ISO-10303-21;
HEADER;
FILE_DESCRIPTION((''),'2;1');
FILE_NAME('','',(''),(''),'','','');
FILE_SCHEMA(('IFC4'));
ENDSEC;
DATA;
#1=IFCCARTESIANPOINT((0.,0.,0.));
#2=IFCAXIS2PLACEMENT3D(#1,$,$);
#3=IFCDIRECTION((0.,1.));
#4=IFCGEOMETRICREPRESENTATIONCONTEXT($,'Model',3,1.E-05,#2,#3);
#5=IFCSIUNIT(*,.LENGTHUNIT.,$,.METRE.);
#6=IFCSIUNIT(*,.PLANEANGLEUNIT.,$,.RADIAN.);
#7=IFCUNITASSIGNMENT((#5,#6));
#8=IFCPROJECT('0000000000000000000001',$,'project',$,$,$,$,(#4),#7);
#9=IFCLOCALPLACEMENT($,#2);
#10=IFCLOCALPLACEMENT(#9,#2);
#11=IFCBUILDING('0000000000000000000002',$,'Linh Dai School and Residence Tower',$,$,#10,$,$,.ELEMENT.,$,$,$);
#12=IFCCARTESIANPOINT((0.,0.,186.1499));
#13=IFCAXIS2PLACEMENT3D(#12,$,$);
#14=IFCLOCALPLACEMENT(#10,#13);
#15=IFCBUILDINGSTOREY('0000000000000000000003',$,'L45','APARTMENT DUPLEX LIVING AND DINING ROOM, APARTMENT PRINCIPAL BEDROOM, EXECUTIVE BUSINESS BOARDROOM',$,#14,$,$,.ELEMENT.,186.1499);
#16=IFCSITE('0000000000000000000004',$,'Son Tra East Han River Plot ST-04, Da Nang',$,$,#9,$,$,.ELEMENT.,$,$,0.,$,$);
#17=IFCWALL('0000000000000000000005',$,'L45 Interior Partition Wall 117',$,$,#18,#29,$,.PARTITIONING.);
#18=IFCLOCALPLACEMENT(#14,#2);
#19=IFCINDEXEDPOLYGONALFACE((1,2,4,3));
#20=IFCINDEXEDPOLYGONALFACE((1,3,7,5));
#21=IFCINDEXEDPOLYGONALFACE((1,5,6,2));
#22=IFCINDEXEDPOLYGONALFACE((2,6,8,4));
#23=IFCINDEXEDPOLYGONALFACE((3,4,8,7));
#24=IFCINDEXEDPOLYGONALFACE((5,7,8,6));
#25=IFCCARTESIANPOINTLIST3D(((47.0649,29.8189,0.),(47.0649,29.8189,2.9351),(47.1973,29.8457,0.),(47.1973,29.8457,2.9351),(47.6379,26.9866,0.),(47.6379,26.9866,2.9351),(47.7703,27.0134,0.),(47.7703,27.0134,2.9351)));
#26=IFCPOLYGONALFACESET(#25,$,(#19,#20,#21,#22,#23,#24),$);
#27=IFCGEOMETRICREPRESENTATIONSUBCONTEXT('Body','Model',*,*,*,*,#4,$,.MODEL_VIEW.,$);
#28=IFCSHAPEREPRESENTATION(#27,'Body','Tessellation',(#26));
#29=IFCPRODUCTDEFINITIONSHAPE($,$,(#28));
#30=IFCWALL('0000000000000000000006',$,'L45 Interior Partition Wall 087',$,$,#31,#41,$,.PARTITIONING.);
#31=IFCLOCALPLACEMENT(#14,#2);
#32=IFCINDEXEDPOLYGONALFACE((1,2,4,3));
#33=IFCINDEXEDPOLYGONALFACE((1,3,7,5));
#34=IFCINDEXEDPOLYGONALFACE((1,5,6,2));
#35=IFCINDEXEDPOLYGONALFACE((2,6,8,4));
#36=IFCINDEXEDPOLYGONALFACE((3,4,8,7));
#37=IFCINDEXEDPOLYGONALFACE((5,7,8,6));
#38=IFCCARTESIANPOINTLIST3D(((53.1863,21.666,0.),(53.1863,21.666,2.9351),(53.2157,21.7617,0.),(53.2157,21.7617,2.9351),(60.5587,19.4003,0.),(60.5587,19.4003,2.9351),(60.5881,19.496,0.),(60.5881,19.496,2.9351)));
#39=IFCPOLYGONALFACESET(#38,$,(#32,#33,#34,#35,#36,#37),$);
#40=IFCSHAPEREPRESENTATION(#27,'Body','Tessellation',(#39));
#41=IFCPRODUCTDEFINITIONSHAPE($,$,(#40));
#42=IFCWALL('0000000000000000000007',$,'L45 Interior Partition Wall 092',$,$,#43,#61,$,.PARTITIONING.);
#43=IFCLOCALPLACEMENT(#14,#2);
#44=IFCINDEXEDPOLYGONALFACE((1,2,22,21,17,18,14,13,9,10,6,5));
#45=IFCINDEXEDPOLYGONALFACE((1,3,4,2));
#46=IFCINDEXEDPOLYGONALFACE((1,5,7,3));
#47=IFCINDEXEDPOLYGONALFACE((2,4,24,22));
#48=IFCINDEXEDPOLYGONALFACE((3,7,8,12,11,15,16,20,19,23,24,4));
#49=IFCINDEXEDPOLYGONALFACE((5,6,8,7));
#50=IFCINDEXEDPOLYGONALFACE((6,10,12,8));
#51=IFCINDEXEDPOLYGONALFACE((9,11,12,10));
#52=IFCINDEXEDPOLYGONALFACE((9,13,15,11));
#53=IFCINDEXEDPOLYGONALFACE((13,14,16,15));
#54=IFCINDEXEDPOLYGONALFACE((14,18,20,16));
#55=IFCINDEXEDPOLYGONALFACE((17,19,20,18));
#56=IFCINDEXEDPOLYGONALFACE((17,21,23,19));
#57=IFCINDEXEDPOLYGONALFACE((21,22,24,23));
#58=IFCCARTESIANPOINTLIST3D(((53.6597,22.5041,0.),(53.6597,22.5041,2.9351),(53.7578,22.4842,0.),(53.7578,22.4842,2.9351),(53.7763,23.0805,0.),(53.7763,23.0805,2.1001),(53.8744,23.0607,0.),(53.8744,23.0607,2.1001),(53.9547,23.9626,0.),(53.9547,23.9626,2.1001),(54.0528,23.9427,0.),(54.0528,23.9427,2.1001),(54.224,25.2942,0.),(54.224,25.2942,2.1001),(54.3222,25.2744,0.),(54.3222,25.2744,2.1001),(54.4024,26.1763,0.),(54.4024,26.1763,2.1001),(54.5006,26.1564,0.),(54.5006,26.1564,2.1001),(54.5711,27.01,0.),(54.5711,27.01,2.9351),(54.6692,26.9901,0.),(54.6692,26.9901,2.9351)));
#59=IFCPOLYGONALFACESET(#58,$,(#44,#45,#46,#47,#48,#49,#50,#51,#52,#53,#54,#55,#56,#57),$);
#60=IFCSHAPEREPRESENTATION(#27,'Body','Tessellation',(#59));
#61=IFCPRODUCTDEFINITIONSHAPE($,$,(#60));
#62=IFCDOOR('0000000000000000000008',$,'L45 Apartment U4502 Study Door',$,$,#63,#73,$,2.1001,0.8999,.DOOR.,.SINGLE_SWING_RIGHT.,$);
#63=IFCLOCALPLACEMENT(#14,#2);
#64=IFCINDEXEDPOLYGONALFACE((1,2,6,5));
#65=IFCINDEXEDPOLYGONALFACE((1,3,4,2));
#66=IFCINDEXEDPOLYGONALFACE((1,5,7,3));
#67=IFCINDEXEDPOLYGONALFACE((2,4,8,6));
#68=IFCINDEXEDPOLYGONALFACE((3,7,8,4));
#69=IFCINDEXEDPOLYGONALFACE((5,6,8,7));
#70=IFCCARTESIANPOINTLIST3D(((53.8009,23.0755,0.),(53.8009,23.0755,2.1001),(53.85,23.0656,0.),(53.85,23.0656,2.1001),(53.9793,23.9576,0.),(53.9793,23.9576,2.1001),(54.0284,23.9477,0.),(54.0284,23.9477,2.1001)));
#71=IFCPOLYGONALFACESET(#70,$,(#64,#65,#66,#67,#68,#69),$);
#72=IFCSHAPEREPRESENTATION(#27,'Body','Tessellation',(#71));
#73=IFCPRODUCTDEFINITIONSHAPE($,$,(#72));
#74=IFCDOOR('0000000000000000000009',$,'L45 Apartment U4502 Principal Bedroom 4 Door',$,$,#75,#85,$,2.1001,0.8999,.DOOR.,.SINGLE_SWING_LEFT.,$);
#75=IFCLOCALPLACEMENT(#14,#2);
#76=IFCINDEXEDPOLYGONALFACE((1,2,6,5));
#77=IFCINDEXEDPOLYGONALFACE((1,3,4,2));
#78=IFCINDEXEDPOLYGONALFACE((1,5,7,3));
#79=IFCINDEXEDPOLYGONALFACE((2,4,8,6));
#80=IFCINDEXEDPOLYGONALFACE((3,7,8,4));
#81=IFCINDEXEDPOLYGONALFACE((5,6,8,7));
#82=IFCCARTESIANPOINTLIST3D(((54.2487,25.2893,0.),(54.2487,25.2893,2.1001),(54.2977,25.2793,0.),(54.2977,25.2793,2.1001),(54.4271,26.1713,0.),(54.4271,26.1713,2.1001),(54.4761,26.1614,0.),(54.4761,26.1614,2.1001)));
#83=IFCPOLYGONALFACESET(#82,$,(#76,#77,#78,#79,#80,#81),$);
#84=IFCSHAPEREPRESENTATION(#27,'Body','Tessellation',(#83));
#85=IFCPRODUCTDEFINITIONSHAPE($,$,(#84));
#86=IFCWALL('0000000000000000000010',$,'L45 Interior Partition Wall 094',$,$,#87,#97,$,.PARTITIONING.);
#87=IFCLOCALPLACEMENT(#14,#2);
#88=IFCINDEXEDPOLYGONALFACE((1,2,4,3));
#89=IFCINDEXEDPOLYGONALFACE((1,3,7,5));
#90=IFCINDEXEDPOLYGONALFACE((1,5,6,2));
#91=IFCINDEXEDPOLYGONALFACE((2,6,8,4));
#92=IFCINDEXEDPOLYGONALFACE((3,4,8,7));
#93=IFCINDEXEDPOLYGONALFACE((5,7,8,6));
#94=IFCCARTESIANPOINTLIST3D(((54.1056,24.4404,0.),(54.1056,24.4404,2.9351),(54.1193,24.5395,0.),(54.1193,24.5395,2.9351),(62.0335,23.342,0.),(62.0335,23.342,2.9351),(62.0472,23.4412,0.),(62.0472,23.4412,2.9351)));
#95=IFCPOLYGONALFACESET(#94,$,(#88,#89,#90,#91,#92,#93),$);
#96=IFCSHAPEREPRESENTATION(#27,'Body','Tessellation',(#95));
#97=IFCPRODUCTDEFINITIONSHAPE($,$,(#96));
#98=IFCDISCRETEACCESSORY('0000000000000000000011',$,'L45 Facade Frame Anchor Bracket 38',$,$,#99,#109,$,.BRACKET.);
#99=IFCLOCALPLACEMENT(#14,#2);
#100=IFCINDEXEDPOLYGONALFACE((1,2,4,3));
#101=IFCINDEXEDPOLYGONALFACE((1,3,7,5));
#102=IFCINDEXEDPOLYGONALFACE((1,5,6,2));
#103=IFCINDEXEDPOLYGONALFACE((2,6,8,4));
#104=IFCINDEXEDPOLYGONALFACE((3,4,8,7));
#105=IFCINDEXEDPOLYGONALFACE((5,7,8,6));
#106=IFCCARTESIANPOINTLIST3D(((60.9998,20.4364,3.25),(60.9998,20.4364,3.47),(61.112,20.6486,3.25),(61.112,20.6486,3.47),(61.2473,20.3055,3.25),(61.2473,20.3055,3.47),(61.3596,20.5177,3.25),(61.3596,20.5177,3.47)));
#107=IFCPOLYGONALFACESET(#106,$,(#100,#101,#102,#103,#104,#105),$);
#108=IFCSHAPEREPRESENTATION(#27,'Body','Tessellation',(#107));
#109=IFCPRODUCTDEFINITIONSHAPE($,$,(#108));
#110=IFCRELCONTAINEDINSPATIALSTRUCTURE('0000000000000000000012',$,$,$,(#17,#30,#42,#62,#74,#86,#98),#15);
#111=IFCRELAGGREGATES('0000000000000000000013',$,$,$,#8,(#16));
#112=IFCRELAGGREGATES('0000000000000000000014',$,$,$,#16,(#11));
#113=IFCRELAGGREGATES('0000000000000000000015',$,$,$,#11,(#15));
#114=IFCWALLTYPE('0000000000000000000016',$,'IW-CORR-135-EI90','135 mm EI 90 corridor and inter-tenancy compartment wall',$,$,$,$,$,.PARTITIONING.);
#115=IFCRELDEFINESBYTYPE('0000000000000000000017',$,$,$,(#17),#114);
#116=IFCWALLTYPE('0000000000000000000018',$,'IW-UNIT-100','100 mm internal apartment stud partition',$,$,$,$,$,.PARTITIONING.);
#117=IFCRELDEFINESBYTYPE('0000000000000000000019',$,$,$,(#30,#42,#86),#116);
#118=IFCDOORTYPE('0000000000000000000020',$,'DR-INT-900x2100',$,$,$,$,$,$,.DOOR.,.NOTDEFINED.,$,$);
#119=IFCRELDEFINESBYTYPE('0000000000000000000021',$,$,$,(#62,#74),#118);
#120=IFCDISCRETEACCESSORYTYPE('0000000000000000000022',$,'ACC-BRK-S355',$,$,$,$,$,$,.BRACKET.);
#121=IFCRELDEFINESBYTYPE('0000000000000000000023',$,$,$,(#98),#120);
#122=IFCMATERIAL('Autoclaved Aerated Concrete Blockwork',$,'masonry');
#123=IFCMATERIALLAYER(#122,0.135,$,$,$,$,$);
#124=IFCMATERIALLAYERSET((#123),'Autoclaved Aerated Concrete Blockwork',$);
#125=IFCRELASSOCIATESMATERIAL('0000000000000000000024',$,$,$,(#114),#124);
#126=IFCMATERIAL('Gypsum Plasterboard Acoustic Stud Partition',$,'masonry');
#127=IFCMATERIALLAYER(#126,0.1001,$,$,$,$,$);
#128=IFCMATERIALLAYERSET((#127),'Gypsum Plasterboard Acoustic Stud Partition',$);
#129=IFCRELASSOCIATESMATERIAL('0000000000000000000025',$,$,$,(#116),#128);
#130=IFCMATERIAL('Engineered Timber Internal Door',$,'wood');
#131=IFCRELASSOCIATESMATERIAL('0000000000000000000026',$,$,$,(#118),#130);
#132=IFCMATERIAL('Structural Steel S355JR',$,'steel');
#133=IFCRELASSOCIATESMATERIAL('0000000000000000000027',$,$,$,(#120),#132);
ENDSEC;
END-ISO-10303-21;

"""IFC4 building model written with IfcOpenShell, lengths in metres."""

from ifc_helpers import new_model, si_unit, direction, frame, frame_2d, origin, origin_2d, place, context, subcontext, project, spatial, rectangle, extrude, source, transform, mapped, material, layer, layer_set, type_object, element, fill, save


model = new_model("IFC4")

# Units and contexts
model_context = context("Model", 3, precision=1e-05, world=origin(), true_north=direction((0.0, 1.0)))
body_context = subcontext(model_context, "Body", "Model", "MODEL_VIEW")
ifc_project = project(units=[si_unit("LENGTHUNIT", "METRE"), si_unit("PLANEANGLEUNIT", "RADIAN")], contexts=[model_context])

# Site, building, storey
site_placement = place(None, origin())
site = spatial("IfcSite", under=ifc_project, at=site_placement, Name="Son Tra East Han River Plot ST-04, Da Nang", CompositionType="ELEMENT", RefElevation=0.0)
building_placement = place(site_placement, origin())
building = spatial("IfcBuilding", under=site, at=building_placement, Name="Linh Dai School and Residence Tower", CompositionType="ELEMENT")
storey_placement = place(building_placement, frame((0.0, 0.0, 186.1499)))
storey = spatial("IfcBuildingStorey", under=building, at=storey_placement, Name="L45", Description="APARTMENT DUPLEX LIVING AND DINING ROOM, APARTMENT PRINCIPAL BEDROOM, EXECUTIVE BUSINESS BOARDROOM", CompositionType="ELEMENT", Elevation=186.1499)

# Shared definitions
ifc_material_1 = material(Name="Structural Steel S355JR", Category="steel")

# Walls
ifc_material_2 = material(Name="Autoclaved Aerated Concrete Blockwork", Category="masonry")
ifc_layer_1 = layer(ifc_material_2, 0.135)
ifc_layer_set_1 = layer_set([ifc_layer_1], Name="Autoclaved Aerated Concrete Blockwork")
wall_type_1 = type_object("IfcWallType", Name="IW-CORR-135-EI90", Description="135 mm EI 90 corridor and inter-tenancy compartment wall", PredefinedType="PARTITIONING", material=ifc_layer_set_1)
for number, where, z_axis, x_axis, name in (
    (1, (47.7041, 27.0, 0.0), (0.0, 0.0, 1.0), (-0.198293, 0.980143, 0.0), "L45 Interior Partition Wall 117"),
):
    element("IfcWall", number, at=place(storey_placement, frame(where, z_axis=z_axis, x_axis=x_axis)), inside=storey, type_object=wall_type_1, Name=name, PredefinedType="PARTITIONING", context=body_context, shape_type="SweptSolid", body=[
        extrude(rectangle(XDim=2.8896, YDim=0.135, at=frame_2d((1.4448, 0.0))), origin(), (0.0, 0.0, 1.0), 2.9351),
    ])
ifc_material_3 = material(Name="Gypsum Plasterboard Acoustic Stud Partition", Category="masonry")
ifc_layer_2 = layer(ifc_material_3, 0.1001)
ifc_layer_set_2 = layer_set([ifc_layer_2], Name="Gypsum Plasterboard Acoustic Stud Partition")
wall_type_2 = type_object("IfcWallType", Name="IW-UNIT-100", Description="100 mm internal apartment stud partition", PredefinedType="PARTITIONING", material=ifc_layer_set_2)
wall_1_placement = place(storey_placement, frame((53.2009, 21.7139, 0.0), z_axis=(0.0, 0.0, 1.0), x_axis=(0.95588, -0.293757, 0.0)))
element("IfcWall", 2, at=wall_1_placement, inside=storey, type_object=wall_type_2, Name="L45 Interior Partition Wall 087", PredefinedType="PARTITIONING", context=body_context, shape_type="SweptSolid", body=[
    extrude(rectangle(XDim=7.7126, YDim=0.1001, at=frame_2d((3.8564, 0.0))), origin(), (0.0, 0.0, 1.0), 2.9351),
])

# Wall, openings, doors
wall_2_placement = place(storey_placement, frame((53.7087, 22.4941, 0.0), z_axis=(0.0, 0.0, 1.0), x_axis=(0.19825, 0.980151, 0.0)))
wall_2 = element("IfcWall", 3, at=wall_2_placement, inside=storey, type_object=wall_type_2, Name="L45 Interior Partition Wall 092", PredefinedType="PARTITIONING", context=body_context, shape_type="SweptSolid", body=[
    extrude(rectangle(XDim=4.5972, YDim=0.1001, at=frame_2d((2.2986, 0.0))), origin(), (0.0, 0.0, 1.0), 2.9351),
])
opening_1_placement = place(wall_2_placement, frame((0.5881, 0.0, 0.0)))
opening_1 = element("IfcOpeningElement", 4, at=opening_1_placement, cuts=wall_2, PredefinedType="OPENING", context=body_context, shape_type="SweptSolid", body=[
    extrude(rectangle(XDim=0.8999, YDim=2.1001, at=origin_2d()), frame((0.45, 0.0601, 1.05), z_axis=(0.0, -1.0, 0.0), x_axis=(1.0, 0.0, 0.0)), (0.0, 0.0, 1.0), 0.1201),
])
opening_2_placement = place(wall_2_placement, frame((2.8467, 0.0, 0.0)))
opening_2 = element("IfcOpeningElement", 5, at=opening_2_placement, cuts=wall_2, PredefinedType="OPENING", context=body_context, shape_type="SweptSolid", body=[
    extrude(rectangle(XDim=0.8999, YDim=2.1001, at=origin_2d()), frame((0.45, 0.0601, 1.05), z_axis=(0.0, -1.0, 0.0), x_axis=(1.0, 0.0, 0.0)), (0.0, 0.0, 1.0), 0.1201),
])
ifc_material_4 = material(Name="Engineered Timber Internal Door", Category="wood")
door_type_1 = type_object("IfcDoorType", Name="DR-INT-900x2100", OperationType="NOTDEFINED", PredefinedType="DOOR", material=ifc_material_4)
shared_shape_1 = source(origin(), body_context, "Body", "SweptSolid", [
    extrude(rectangle(XDim=0.8999, YDim=2.1001, at=origin_2d()), frame((0.45, 0.0249, 1.05), z_axis=(0.0, -1.0, 0.0), x_axis=(1.0, 0.0, 0.0)), (0.0, 0.0, 1.0), 0.05),
])
door_1_placement = place(opening_1_placement, origin())
door_1 = element("IfcDoor", 6, at=door_1_placement, inside=storey, type_object=door_type_1, Name="L45 Apartment U4502 Study Door", OperationType="SINGLE_SWING_RIGHT", OverallHeight=2.1001, OverallWidth=0.8999, PredefinedType="DOOR", context=body_context, shape_type="MappedRepresentation", body=[
    mapped(shared_shape_1, transform((0.0, 0.0, 0.0), x_axis=(1.0, 0.0, 0.0), y_axis=(0.0, 1.0, 0.0), z_axis=(0.0, 0.0, 1.0), scale=1.0)),
])
fill(opening_1, door_1)
door_2_placement = place(opening_2_placement, origin())
door_2 = element("IfcDoor", 7, at=door_2_placement, inside=storey, type_object=door_type_1, Name="L45 Apartment U4502 Principal Bedroom 4 Door", OperationType="SINGLE_SWING_LEFT", OverallHeight=2.1001, OverallWidth=0.8999, PredefinedType="DOOR", context=body_context, shape_type="MappedRepresentation", body=[
    mapped(shared_shape_1, transform((0.0, 0.0, 0.0), x_axis=(1.0, 0.0, 0.0), y_axis=(0.0, 1.0, 0.0), z_axis=(0.0, 0.0, 1.0), scale=1.0)),
])
fill(opening_2, door_2)

# Wall
wall_3_placement = place(storey_placement, frame((54.1123, 24.49, 0.0), z_axis=(0.0, 0.0, 1.0), x_axis=(0.990539, -0.137235, 0.0)))
element("IfcWall", 8, at=wall_3_placement, inside=storey, type_object=wall_type_2, Name="L45 Interior Partition Wall 094", PredefinedType="PARTITIONING", context=body_context, shape_type="SweptSolid", body=[
    extrude(rectangle(XDim=8.0037, YDim=0.1001, at=frame_2d((4.002, 0.0))), origin(), (0.0, 0.0, 1.0), 2.9351),
])

# Discrete accessory
discrete_accessory_type = type_object("IfcDiscreteAccessoryType", Name="ACC-BRK-S355", PredefinedType="BRACKET", material=ifc_material_1)
shared_shape_2 = source(origin(), body_context, "Body", "SweptSolid", [
    extrude(rectangle(XDim=0.28, YDim=0.24, at=origin_2d()), origin(), (0.0, 0.0, 1.0), 0.22),
])
discrete_accessory_placement = place(storey_placement, frame((61.1797, 20.4771, 3.25), z_axis=(0.0, 0.0, 1.0), x_axis=(0.883951, -0.46758, 0.0)))
element("IfcDiscreteAccessory", 9, at=discrete_accessory_placement, inside=storey, type_object=discrete_accessory_type, Name="L45 Facade Frame Anchor Bracket 38", PredefinedType="BRACKET", context=body_context, shape_type="MappedRepresentation", body=[
    mapped(shared_shape_2, transform((0.0, 0.0, 0.0), x_axis=(1.0, 0.0, 0.0), y_axis=(0.0, 1.0, 0.0), z_axis=(0.0, 0.0, 1.0), scale=1.0)),
])

save(model, "model.ifc")
